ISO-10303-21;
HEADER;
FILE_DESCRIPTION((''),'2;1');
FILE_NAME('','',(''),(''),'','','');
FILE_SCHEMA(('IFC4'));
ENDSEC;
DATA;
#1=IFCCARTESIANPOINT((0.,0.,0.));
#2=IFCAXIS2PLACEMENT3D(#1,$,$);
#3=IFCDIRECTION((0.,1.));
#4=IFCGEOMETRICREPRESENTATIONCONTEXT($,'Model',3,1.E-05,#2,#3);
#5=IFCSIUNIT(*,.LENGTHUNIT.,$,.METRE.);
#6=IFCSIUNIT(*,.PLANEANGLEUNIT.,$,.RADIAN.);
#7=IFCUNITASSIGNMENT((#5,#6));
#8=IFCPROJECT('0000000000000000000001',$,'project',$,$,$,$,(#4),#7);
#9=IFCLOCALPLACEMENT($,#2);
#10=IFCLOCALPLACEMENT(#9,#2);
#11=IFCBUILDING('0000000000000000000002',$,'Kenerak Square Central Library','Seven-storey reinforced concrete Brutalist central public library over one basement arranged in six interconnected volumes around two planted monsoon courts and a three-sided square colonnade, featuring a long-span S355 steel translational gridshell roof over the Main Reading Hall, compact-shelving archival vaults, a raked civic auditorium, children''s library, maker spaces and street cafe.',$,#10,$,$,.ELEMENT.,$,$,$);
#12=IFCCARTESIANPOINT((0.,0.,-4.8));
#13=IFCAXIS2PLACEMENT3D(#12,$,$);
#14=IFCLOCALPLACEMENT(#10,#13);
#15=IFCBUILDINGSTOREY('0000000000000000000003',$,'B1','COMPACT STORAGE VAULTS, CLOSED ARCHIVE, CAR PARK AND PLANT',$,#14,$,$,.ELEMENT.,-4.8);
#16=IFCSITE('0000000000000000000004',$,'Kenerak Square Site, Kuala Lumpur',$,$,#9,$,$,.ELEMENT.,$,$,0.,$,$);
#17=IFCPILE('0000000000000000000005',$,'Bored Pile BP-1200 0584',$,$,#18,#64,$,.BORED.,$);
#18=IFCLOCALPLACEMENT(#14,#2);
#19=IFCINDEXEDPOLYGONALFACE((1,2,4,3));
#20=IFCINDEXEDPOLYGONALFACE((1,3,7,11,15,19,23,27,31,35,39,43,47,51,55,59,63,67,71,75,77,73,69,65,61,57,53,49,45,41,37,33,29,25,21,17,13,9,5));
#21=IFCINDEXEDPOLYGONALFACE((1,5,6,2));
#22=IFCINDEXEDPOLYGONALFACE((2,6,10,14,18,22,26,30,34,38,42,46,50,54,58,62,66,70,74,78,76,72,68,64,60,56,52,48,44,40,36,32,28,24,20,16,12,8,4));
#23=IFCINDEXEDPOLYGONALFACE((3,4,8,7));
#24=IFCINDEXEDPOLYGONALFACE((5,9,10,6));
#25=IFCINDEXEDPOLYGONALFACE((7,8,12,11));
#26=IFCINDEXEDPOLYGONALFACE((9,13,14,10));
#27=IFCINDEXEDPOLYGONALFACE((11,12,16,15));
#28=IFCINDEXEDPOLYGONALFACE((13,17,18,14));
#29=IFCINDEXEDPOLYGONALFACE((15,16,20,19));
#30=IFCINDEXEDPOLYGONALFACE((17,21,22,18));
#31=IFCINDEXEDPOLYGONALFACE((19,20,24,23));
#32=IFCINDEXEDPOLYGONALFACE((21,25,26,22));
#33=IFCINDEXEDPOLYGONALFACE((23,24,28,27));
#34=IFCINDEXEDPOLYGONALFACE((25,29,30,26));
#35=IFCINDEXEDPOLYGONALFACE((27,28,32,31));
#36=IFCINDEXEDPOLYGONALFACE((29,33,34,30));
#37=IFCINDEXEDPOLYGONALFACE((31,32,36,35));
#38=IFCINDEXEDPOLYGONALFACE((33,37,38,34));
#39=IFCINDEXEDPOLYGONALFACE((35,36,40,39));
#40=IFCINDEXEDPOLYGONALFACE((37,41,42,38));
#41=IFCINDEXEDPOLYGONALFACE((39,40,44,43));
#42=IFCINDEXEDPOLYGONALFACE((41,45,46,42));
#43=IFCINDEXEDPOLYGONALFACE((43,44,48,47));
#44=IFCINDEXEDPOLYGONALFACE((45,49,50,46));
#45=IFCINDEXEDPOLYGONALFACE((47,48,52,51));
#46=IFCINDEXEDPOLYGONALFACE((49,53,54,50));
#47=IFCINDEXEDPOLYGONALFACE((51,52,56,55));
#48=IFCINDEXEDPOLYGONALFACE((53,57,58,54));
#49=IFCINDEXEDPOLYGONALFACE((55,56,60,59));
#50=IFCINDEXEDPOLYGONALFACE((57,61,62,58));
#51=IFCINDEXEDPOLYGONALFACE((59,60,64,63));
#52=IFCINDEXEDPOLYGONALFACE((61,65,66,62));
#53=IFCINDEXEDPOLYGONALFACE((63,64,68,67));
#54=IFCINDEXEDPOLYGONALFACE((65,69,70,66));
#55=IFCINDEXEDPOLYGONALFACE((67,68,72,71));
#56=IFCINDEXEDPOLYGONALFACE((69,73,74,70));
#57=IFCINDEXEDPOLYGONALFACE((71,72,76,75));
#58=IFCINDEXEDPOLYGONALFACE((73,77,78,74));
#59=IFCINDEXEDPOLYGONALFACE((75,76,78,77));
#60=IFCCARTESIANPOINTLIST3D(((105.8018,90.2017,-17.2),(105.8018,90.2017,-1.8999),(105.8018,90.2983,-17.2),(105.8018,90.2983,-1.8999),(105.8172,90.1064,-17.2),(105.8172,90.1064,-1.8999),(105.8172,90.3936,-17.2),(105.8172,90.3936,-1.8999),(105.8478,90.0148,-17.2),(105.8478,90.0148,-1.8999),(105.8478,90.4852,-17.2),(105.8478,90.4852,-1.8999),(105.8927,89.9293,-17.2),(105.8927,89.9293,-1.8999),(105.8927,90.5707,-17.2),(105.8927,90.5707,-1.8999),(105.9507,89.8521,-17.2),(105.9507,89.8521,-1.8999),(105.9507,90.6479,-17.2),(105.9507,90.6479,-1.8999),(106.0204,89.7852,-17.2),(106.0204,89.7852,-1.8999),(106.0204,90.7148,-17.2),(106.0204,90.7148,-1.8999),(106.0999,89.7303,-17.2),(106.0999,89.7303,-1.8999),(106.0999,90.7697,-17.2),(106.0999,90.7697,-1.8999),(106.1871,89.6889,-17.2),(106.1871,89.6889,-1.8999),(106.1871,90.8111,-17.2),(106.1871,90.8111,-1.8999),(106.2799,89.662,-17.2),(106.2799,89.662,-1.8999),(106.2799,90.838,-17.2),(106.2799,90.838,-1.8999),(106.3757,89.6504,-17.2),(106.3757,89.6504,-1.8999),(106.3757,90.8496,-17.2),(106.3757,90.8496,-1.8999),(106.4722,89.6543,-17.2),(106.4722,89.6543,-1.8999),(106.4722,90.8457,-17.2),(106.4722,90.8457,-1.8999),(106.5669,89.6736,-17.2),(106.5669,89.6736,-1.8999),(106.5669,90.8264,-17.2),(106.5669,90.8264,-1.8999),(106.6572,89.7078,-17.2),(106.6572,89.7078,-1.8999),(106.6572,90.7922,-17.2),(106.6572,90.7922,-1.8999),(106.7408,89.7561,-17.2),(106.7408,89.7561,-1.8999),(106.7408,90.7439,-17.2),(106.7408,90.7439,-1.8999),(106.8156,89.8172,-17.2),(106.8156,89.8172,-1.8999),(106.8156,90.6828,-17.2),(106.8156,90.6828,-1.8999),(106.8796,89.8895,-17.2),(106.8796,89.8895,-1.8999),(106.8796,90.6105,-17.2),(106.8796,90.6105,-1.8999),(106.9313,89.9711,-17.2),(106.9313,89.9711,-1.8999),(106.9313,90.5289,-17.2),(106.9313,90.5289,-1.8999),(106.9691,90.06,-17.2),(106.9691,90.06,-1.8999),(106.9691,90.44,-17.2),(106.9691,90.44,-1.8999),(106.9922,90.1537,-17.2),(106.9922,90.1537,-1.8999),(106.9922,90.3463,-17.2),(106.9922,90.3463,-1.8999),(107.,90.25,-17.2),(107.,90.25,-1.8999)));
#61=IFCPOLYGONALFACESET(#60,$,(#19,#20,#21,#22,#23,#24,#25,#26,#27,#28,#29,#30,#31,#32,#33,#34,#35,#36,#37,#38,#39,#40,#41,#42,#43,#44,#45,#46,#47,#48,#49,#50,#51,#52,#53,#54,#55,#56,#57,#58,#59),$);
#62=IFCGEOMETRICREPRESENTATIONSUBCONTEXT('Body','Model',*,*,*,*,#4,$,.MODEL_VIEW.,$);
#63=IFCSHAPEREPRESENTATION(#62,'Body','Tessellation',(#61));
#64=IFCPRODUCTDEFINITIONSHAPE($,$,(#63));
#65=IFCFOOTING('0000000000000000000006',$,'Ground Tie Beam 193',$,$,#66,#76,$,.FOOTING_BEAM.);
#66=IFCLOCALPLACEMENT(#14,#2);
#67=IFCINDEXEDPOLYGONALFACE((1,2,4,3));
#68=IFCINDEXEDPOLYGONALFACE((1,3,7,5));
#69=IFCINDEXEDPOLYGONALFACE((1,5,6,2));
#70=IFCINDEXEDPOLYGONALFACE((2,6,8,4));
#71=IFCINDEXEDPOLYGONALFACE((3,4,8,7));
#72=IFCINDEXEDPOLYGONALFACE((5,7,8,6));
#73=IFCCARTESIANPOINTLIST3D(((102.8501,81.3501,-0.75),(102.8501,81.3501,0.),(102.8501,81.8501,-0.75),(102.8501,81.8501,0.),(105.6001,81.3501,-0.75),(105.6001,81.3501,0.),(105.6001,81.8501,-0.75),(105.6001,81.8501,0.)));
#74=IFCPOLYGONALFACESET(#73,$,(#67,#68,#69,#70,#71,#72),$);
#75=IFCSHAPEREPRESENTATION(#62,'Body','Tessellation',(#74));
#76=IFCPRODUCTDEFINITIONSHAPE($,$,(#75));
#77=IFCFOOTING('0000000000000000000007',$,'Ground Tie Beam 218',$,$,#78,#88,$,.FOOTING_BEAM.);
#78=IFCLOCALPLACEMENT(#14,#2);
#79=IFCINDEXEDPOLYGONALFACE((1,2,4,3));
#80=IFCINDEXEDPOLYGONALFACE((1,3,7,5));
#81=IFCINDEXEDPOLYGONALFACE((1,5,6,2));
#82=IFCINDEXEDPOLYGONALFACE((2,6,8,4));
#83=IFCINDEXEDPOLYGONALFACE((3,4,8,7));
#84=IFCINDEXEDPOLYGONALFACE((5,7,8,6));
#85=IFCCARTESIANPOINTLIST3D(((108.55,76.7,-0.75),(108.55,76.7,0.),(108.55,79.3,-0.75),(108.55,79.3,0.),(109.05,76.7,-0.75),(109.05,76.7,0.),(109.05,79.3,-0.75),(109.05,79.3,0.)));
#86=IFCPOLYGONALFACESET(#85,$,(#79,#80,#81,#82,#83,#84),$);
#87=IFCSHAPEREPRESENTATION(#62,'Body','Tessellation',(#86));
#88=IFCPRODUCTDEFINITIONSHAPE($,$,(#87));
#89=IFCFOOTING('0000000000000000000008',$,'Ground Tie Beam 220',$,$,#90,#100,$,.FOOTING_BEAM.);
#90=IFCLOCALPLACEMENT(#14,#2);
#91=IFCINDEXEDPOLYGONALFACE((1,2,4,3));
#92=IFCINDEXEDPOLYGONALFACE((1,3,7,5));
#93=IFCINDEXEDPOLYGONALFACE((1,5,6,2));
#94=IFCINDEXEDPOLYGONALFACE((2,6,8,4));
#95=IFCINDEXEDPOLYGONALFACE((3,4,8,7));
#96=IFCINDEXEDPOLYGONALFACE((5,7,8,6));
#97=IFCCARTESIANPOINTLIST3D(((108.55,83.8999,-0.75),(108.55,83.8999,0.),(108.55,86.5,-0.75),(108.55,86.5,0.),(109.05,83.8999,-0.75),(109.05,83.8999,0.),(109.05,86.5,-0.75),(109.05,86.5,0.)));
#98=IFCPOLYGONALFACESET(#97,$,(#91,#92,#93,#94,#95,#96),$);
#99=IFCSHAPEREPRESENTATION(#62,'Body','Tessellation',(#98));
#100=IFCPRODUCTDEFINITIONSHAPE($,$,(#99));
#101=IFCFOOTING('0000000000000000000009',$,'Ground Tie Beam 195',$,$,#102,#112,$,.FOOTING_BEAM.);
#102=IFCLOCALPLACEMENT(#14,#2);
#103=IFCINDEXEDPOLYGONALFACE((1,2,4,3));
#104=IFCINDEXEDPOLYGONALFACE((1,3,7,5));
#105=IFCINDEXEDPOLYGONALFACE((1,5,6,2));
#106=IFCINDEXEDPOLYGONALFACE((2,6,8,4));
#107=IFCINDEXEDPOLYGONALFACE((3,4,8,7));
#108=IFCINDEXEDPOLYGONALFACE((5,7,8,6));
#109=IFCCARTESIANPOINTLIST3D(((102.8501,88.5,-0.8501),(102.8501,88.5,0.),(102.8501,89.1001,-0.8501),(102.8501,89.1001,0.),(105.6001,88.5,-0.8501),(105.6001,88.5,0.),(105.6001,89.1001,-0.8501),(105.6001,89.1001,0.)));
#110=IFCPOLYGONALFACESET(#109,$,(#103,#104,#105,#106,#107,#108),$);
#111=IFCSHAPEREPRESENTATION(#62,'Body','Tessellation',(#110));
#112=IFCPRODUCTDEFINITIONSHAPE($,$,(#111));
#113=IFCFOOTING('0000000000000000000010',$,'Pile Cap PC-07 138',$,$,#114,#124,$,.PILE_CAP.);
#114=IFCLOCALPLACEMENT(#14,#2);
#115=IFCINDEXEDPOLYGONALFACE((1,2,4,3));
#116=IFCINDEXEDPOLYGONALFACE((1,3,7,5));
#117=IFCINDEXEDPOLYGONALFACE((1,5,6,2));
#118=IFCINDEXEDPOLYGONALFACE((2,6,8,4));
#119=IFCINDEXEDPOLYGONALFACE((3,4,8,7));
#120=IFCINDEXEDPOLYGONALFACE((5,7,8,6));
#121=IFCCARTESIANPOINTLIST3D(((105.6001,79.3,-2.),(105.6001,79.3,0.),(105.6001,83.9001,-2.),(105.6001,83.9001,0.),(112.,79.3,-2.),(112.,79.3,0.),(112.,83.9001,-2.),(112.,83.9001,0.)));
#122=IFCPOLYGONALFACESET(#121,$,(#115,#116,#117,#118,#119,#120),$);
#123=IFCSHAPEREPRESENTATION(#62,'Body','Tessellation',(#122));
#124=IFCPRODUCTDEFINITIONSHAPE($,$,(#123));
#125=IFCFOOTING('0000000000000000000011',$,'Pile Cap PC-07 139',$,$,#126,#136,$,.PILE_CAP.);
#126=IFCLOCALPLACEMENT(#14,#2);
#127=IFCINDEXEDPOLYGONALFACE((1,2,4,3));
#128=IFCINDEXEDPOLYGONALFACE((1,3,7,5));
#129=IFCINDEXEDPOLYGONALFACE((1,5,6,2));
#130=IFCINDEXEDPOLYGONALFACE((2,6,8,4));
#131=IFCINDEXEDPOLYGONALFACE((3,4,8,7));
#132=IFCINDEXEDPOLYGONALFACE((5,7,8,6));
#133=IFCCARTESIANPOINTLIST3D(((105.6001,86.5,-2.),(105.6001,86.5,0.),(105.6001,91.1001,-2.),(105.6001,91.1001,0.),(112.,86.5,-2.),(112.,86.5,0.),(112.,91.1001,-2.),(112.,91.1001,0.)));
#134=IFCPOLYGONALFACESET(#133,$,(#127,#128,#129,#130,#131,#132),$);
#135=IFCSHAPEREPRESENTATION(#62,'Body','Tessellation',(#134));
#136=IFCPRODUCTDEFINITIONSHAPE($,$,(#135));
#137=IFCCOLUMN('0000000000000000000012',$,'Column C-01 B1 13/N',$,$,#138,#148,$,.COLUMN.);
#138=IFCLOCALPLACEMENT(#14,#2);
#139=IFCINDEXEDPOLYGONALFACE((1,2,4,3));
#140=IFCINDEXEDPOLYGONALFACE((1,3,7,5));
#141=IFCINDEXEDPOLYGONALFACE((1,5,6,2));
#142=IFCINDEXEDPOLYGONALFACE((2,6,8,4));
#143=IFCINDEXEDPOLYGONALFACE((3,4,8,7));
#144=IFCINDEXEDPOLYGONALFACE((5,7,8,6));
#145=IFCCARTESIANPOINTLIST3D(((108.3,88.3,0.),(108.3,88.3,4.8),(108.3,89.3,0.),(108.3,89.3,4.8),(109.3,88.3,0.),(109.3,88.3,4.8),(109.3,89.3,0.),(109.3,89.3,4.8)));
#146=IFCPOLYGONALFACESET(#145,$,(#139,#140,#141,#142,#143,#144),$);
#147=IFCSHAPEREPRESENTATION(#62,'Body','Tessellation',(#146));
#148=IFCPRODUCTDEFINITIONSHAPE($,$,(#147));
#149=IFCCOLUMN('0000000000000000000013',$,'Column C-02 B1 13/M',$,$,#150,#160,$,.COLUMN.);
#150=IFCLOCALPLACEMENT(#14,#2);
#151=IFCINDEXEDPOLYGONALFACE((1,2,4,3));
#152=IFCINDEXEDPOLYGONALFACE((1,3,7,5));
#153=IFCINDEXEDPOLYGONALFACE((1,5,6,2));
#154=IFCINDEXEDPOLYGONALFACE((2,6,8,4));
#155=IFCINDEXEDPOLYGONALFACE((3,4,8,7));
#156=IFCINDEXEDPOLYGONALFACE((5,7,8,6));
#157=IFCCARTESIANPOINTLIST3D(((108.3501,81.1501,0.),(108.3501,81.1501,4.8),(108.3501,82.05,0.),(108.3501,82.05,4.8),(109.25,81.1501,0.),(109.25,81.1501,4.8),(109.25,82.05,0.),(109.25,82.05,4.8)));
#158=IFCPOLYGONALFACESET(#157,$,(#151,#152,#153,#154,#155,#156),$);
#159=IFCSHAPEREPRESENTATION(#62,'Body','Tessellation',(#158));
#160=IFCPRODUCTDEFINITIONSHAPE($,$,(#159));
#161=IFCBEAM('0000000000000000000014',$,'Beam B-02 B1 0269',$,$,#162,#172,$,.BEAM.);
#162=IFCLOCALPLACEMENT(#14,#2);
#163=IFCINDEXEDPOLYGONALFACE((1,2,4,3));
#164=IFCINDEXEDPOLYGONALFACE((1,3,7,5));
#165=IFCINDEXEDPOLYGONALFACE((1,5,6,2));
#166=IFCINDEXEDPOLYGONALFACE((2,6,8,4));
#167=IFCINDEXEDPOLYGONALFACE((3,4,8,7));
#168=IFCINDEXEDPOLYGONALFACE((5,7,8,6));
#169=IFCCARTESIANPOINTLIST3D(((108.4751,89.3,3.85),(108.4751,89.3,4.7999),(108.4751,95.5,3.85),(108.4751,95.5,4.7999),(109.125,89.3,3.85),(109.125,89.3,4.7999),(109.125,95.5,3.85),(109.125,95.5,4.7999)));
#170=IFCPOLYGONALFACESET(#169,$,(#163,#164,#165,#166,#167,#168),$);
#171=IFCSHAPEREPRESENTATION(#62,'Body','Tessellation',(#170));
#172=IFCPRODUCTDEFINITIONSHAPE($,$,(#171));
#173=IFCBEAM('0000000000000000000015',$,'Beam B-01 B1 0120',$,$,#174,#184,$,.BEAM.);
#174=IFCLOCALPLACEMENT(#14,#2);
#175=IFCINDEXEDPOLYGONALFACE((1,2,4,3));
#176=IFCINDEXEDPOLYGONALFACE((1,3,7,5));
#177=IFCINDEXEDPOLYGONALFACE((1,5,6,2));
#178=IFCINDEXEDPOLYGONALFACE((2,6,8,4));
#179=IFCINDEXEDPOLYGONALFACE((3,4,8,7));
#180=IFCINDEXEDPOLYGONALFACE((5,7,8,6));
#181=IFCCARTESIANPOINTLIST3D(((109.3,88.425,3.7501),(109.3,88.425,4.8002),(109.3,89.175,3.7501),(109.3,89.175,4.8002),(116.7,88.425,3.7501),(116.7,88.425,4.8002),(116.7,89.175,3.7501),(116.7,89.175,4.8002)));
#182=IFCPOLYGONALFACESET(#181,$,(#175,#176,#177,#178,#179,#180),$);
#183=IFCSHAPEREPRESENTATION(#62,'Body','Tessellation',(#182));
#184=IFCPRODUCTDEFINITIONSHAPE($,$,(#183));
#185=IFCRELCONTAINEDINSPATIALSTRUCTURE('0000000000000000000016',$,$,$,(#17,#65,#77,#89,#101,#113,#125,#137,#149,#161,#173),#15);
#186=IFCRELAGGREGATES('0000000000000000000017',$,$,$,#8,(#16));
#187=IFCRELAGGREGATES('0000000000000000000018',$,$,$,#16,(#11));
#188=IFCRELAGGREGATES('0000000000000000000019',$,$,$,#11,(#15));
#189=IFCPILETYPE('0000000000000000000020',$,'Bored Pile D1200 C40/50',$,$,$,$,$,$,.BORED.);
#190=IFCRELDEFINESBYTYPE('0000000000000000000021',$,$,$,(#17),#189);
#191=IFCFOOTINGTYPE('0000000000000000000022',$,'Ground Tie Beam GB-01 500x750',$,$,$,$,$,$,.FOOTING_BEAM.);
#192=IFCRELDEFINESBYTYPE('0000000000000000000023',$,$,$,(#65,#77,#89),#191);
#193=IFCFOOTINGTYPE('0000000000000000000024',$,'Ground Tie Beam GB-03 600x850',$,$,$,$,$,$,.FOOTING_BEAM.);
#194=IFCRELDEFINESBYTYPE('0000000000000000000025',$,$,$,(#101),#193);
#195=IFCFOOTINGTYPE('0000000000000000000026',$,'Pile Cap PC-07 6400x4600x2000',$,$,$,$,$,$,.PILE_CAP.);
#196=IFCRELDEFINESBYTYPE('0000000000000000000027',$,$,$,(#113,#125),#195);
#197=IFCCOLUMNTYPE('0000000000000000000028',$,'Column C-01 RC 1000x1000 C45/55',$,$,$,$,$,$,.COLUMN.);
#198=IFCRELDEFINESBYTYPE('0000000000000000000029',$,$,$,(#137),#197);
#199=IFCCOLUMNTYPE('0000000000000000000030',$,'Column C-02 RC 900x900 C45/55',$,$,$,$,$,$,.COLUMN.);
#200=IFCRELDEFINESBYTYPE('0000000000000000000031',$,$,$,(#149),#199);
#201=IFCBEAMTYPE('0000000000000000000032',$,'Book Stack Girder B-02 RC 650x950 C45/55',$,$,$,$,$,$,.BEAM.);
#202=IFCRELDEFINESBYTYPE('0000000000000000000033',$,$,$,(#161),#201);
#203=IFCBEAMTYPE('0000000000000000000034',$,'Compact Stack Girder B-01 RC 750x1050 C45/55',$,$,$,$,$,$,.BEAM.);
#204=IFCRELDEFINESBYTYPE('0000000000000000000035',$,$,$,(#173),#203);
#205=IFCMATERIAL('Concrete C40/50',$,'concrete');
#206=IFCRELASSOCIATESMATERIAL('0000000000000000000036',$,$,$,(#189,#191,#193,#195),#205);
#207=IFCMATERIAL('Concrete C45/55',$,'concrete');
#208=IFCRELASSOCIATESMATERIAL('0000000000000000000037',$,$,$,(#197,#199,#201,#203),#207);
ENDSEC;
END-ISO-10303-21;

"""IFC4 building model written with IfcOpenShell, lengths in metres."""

from ifc_helpers import new_model, si_unit, direction, frame, origin, origin_2d, place, context, subcontext, project, spatial, rectangle, circle, extrude, material, material_profile, profile_set, type_object, element, save


model = new_model("IFC4")

# Units and contexts
model_context = context("Model", 3, precision=1e-05, world=origin(), true_north=direction((0.0, 1.0)))
body_context = subcontext(model_context, "Body", "Model", "MODEL_VIEW")
ifc_project = project(units=[si_unit("LENGTHUNIT", "METRE"), si_unit("PLANEANGLEUNIT", "RADIAN")], contexts=[model_context])

# Site, building, storey
site_placement = place(None, origin())
site = spatial("IfcSite", under=ifc_project, at=site_placement, Name="Kenerak Square Site, Kuala Lumpur", CompositionType="ELEMENT", RefElevation=0.0)
building_placement = place(site_placement, origin())
building = spatial("IfcBuilding", under=site, at=building_placement, Name="Kenerak Square Central Library", Description="Seven-storey reinforced concrete Brutalist central public library over one basement arranged in six interconnected volumes around two planted monsoon courts and a three-sided square colonnade, featuring a long-span S355 steel translational gridshell roof over the Main Reading Hall, compact-shelving archival vaults, a raked civic auditorium, children's library, maker spaces and street cafe.", CompositionType="ELEMENT")
storey_placement = place(building_placement, frame((0.0, 0.0, -4.8)))
storey = spatial("IfcBuildingStorey", under=building, at=storey_placement, Name="B1", Description="COMPACT STORAGE VAULTS, CLOSED ARCHIVE, CAR PARK AND PLANT", CompositionType="ELEMENT", Elevation=-4.8)

# Pile
ifc_material_1 = material(Name="Concrete C40/50", Category="concrete")
ifc_material_profile_1 = material_profile(ifc_material_1, circle(Radius=0.6001, at=origin_2d()), Name="BP D1200")
ifc_profile_set_1 = profile_set([ifc_material_profile_1], Name="Concrete C40/50")
pile_type = type_object("IfcPileType", Name="Bored Pile D1200 C40/50", PredefinedType="BORED", material=ifc_profile_set_1)
for number, where, z_axis, x_axis, name in (
    (1, (106.3999, 90.25, -1.8999), (0.0, 0.0, -1.0), (1.0, 0.0, 0.0), "Bored Pile BP-1200 0584"),
):
    element("IfcPile", number, at=place(storey_placement, frame(where, z_axis=z_axis, x_axis=x_axis)), inside=storey, type_object=pile_type, Name=name, PredefinedType="BORED", context=body_context, shape_type="SweptSolid", body=[
        extrude(circle(Radius=0.6001, at=origin_2d()), origin(), (0.0, 0.0, 1.0), 15.3),
    ])

# Footings
footing_type_1 = type_object("IfcFootingType", Name="Ground Tie Beam GB-01 500x750", PredefinedType="FOOTING_BEAM", material=ifc_material_1)
footing_1_placement = place(storey_placement, frame((104.2251, 81.6001, -0.75), z_axis=(0.0, 0.0, 1.0), x_axis=(1.0, 0.0, 0.0)))
element("IfcFooting", 2, at=footing_1_placement, inside=storey, type_object=footing_type_1, Name="Ground Tie Beam 193", PredefinedType="FOOTING_BEAM", context=body_context, shape_type="SweptSolid", body=[
    extrude(rectangle(XDim=2.75, YDim=0.5, at=origin_2d()), origin(), (0.0, 0.0, 1.0), 0.75),
])
for number, where, z_axis, x_axis, name in (
    (3, (108.8, 78.0, -0.75), (0.0, 0.0, 1.0), (1.0, 0.0, 0.0), "Ground Tie Beam 218"),
    (4, (108.8, 85.2, -0.75), (0.0, 0.0, 1.0), (1.0, 0.0, 0.0), "Ground Tie Beam 220"),
):
    element("IfcFooting", number, at=place(storey_placement, frame(where, z_axis=z_axis, x_axis=x_axis)), inside=storey, type_object=footing_type_1, Name=name, PredefinedType="FOOTING_BEAM", context=body_context, shape_type="SweptSolid", body=[
        extrude(rectangle(XDim=0.5, YDim=2.6001, at=origin_2d()), origin(), (0.0, 0.0, 1.0), 0.75),
    ])
footing_type_2 = type_object("IfcFootingType", Name="Ground Tie Beam GB-03 600x850", PredefinedType="FOOTING_BEAM", material=ifc_material_1)
footing_2_placement = place(storey_placement, frame((104.2251, 88.8, -0.8501), z_axis=(0.0, 0.0, 1.0), x_axis=(1.0, 0.0, 0.0)))
element("IfcFooting", 5, at=footing_2_placement, inside=storey, type_object=footing_type_2, Name="Ground Tie Beam 195", PredefinedType="FOOTING_BEAM", context=body_context, shape_type="SweptSolid", body=[
    extrude(rectangle(XDim=2.75, YDim=0.6001, at=origin_2d()), origin(), (0.0, 0.0, 1.0), 0.8501),
])
footing_type_3 = type_object("IfcFootingType", Name="Pile Cap PC-07 6400x4600x2000", PredefinedType="PILE_CAP", material=ifc_material_1)
for number, where, z_axis, x_axis, name in (
    (6, (108.8, 81.6001, -2.0), (0.0, 0.0, 1.0), (1.0, 0.0, 0.0), "Pile Cap PC-07 138"),
    (7, (108.8, 88.8, -2.0), (0.0, 0.0, 1.0), (1.0, 0.0, 0.0), "Pile Cap PC-07 139"),
):
    element("IfcFooting", number, at=place(storey_placement, frame(where, z_axis=z_axis, x_axis=x_axis)), inside=storey, type_object=footing_type_3, Name=name, PredefinedType="PILE_CAP", context=body_context, shape_type="SweptSolid", body=[
        extrude(rectangle(XDim=6.3999, YDim=4.6001, at=origin_2d()), origin(), (0.0, 0.0, 1.0), 2.0),
    ])

# Columns
ifc_material_2 = material(Name="Concrete C45/55", Category="concrete")
ifc_material_profile_2 = material_profile(ifc_material_2, rectangle(XDim=1.0, YDim=1.0, at=origin_2d()), Name="RC 1000x1000")
ifc_profile_set_2 = profile_set([ifc_material_profile_2], Name="Concrete C45/55")
column_type_1 = type_object("IfcColumnType", Name="Column C-01 RC 1000x1000 C45/55", PredefinedType="COLUMN", material=ifc_profile_set_2)
column_1_placement = place(storey_placement, frame((108.8, 88.8, 0.0), z_axis=(0.0, 0.0, 1.0), x_axis=(1.0, 0.0, 0.0)))
element("IfcColumn", 8, at=column_1_placement, inside=storey, type_object=column_type_1, Name="Column C-01 B1 13/N", PredefinedType="COLUMN", context=body_context, shape_type="SweptSolid", body=[
    extrude(rectangle(XDim=1.0, YDim=1.0, at=origin_2d()), origin(), (0.0, 0.0, 1.0), 4.8),
])
ifc_material_profile_3 = material_profile(ifc_material_2, rectangle(XDim=0.8999, YDim=0.8999, at=origin_2d()), Name="RC 900x900")
ifc_profile_set_3 = profile_set([ifc_material_profile_3], Name="Concrete C45/55")
column_type_2 = type_object("IfcColumnType", Name="Column C-02 RC 900x900 C45/55", PredefinedType="COLUMN", material=ifc_profile_set_3)
column_2_placement = place(storey_placement, frame((108.8, 81.6001, 0.0), z_axis=(0.0, 0.0, 1.0), x_axis=(1.0, 0.0, 0.0)))
element("IfcColumn", 9, at=column_2_placement, inside=storey, type_object=column_type_2, Name="Column C-02 B1 13/M", PredefinedType="COLUMN", context=body_context, shape_type="SweptSolid", body=[
    extrude(rectangle(XDim=0.8999, YDim=0.8999, at=origin_2d()), origin(), (0.0, 0.0, 1.0), 4.8),
])

# Beams
ifc_material_profile_4 = material_profile(ifc_material_2, rectangle(XDim=0.6499, YDim=0.95, at=origin_2d()), Name="RC 650x950")
ifc_profile_set_4 = profile_set([ifc_material_profile_4], Name="Concrete C45/55")
beam_type_1 = type_object("IfcBeamType", Name="Book Stack Girder B-02 RC 650x950 C45/55", PredefinedType="BEAM", material=ifc_profile_set_4)
beam_1_placement = place(storey_placement, frame((108.8, 89.3, 4.325), z_axis=(0.0, 1.0, 0.0), x_axis=(-1.0, 0.0, 0.0)))
element("IfcBeam", 10, at=beam_1_placement, inside=storey, type_object=beam_type_1, Name="Beam B-02 B1 0269", PredefinedType="BEAM", context=body_context, shape_type="SweptSolid", body=[
    extrude(rectangle(XDim=0.6499, YDim=0.95, at=origin_2d()), origin(), (0.0, 0.0, 1.0), 6.2),
])
ifc_material_profile_5 = material_profile(ifc_material_2, rectangle(XDim=0.75, YDim=1.05, at=origin_2d()), Name="RC 750x1050")
ifc_profile_set_5 = profile_set([ifc_material_profile_5], Name="Concrete C45/55")
beam_type_2 = type_object("IfcBeamType", Name="Compact Stack Girder B-01 RC 750x1050 C45/55", PredefinedType="BEAM", material=ifc_profile_set_5)
beam_2_placement = place(storey_placement, frame((109.3, 88.8, 4.2751), z_axis=(1.0, 0.0, 0.0), x_axis=(0.0, 1.0, 0.0)))
element("IfcBeam", 11, at=beam_2_placement, inside=storey, type_object=beam_type_2, Name="Beam B-01 B1 0120", PredefinedType="BEAM", context=body_context, shape_type="SweptSolid", body=[
    extrude(rectangle(XDim=0.75, YDim=1.05, at=origin_2d()), origin(), (0.0, 0.0, 1.0), 7.3999),
])

save(model, "model.ifc")
